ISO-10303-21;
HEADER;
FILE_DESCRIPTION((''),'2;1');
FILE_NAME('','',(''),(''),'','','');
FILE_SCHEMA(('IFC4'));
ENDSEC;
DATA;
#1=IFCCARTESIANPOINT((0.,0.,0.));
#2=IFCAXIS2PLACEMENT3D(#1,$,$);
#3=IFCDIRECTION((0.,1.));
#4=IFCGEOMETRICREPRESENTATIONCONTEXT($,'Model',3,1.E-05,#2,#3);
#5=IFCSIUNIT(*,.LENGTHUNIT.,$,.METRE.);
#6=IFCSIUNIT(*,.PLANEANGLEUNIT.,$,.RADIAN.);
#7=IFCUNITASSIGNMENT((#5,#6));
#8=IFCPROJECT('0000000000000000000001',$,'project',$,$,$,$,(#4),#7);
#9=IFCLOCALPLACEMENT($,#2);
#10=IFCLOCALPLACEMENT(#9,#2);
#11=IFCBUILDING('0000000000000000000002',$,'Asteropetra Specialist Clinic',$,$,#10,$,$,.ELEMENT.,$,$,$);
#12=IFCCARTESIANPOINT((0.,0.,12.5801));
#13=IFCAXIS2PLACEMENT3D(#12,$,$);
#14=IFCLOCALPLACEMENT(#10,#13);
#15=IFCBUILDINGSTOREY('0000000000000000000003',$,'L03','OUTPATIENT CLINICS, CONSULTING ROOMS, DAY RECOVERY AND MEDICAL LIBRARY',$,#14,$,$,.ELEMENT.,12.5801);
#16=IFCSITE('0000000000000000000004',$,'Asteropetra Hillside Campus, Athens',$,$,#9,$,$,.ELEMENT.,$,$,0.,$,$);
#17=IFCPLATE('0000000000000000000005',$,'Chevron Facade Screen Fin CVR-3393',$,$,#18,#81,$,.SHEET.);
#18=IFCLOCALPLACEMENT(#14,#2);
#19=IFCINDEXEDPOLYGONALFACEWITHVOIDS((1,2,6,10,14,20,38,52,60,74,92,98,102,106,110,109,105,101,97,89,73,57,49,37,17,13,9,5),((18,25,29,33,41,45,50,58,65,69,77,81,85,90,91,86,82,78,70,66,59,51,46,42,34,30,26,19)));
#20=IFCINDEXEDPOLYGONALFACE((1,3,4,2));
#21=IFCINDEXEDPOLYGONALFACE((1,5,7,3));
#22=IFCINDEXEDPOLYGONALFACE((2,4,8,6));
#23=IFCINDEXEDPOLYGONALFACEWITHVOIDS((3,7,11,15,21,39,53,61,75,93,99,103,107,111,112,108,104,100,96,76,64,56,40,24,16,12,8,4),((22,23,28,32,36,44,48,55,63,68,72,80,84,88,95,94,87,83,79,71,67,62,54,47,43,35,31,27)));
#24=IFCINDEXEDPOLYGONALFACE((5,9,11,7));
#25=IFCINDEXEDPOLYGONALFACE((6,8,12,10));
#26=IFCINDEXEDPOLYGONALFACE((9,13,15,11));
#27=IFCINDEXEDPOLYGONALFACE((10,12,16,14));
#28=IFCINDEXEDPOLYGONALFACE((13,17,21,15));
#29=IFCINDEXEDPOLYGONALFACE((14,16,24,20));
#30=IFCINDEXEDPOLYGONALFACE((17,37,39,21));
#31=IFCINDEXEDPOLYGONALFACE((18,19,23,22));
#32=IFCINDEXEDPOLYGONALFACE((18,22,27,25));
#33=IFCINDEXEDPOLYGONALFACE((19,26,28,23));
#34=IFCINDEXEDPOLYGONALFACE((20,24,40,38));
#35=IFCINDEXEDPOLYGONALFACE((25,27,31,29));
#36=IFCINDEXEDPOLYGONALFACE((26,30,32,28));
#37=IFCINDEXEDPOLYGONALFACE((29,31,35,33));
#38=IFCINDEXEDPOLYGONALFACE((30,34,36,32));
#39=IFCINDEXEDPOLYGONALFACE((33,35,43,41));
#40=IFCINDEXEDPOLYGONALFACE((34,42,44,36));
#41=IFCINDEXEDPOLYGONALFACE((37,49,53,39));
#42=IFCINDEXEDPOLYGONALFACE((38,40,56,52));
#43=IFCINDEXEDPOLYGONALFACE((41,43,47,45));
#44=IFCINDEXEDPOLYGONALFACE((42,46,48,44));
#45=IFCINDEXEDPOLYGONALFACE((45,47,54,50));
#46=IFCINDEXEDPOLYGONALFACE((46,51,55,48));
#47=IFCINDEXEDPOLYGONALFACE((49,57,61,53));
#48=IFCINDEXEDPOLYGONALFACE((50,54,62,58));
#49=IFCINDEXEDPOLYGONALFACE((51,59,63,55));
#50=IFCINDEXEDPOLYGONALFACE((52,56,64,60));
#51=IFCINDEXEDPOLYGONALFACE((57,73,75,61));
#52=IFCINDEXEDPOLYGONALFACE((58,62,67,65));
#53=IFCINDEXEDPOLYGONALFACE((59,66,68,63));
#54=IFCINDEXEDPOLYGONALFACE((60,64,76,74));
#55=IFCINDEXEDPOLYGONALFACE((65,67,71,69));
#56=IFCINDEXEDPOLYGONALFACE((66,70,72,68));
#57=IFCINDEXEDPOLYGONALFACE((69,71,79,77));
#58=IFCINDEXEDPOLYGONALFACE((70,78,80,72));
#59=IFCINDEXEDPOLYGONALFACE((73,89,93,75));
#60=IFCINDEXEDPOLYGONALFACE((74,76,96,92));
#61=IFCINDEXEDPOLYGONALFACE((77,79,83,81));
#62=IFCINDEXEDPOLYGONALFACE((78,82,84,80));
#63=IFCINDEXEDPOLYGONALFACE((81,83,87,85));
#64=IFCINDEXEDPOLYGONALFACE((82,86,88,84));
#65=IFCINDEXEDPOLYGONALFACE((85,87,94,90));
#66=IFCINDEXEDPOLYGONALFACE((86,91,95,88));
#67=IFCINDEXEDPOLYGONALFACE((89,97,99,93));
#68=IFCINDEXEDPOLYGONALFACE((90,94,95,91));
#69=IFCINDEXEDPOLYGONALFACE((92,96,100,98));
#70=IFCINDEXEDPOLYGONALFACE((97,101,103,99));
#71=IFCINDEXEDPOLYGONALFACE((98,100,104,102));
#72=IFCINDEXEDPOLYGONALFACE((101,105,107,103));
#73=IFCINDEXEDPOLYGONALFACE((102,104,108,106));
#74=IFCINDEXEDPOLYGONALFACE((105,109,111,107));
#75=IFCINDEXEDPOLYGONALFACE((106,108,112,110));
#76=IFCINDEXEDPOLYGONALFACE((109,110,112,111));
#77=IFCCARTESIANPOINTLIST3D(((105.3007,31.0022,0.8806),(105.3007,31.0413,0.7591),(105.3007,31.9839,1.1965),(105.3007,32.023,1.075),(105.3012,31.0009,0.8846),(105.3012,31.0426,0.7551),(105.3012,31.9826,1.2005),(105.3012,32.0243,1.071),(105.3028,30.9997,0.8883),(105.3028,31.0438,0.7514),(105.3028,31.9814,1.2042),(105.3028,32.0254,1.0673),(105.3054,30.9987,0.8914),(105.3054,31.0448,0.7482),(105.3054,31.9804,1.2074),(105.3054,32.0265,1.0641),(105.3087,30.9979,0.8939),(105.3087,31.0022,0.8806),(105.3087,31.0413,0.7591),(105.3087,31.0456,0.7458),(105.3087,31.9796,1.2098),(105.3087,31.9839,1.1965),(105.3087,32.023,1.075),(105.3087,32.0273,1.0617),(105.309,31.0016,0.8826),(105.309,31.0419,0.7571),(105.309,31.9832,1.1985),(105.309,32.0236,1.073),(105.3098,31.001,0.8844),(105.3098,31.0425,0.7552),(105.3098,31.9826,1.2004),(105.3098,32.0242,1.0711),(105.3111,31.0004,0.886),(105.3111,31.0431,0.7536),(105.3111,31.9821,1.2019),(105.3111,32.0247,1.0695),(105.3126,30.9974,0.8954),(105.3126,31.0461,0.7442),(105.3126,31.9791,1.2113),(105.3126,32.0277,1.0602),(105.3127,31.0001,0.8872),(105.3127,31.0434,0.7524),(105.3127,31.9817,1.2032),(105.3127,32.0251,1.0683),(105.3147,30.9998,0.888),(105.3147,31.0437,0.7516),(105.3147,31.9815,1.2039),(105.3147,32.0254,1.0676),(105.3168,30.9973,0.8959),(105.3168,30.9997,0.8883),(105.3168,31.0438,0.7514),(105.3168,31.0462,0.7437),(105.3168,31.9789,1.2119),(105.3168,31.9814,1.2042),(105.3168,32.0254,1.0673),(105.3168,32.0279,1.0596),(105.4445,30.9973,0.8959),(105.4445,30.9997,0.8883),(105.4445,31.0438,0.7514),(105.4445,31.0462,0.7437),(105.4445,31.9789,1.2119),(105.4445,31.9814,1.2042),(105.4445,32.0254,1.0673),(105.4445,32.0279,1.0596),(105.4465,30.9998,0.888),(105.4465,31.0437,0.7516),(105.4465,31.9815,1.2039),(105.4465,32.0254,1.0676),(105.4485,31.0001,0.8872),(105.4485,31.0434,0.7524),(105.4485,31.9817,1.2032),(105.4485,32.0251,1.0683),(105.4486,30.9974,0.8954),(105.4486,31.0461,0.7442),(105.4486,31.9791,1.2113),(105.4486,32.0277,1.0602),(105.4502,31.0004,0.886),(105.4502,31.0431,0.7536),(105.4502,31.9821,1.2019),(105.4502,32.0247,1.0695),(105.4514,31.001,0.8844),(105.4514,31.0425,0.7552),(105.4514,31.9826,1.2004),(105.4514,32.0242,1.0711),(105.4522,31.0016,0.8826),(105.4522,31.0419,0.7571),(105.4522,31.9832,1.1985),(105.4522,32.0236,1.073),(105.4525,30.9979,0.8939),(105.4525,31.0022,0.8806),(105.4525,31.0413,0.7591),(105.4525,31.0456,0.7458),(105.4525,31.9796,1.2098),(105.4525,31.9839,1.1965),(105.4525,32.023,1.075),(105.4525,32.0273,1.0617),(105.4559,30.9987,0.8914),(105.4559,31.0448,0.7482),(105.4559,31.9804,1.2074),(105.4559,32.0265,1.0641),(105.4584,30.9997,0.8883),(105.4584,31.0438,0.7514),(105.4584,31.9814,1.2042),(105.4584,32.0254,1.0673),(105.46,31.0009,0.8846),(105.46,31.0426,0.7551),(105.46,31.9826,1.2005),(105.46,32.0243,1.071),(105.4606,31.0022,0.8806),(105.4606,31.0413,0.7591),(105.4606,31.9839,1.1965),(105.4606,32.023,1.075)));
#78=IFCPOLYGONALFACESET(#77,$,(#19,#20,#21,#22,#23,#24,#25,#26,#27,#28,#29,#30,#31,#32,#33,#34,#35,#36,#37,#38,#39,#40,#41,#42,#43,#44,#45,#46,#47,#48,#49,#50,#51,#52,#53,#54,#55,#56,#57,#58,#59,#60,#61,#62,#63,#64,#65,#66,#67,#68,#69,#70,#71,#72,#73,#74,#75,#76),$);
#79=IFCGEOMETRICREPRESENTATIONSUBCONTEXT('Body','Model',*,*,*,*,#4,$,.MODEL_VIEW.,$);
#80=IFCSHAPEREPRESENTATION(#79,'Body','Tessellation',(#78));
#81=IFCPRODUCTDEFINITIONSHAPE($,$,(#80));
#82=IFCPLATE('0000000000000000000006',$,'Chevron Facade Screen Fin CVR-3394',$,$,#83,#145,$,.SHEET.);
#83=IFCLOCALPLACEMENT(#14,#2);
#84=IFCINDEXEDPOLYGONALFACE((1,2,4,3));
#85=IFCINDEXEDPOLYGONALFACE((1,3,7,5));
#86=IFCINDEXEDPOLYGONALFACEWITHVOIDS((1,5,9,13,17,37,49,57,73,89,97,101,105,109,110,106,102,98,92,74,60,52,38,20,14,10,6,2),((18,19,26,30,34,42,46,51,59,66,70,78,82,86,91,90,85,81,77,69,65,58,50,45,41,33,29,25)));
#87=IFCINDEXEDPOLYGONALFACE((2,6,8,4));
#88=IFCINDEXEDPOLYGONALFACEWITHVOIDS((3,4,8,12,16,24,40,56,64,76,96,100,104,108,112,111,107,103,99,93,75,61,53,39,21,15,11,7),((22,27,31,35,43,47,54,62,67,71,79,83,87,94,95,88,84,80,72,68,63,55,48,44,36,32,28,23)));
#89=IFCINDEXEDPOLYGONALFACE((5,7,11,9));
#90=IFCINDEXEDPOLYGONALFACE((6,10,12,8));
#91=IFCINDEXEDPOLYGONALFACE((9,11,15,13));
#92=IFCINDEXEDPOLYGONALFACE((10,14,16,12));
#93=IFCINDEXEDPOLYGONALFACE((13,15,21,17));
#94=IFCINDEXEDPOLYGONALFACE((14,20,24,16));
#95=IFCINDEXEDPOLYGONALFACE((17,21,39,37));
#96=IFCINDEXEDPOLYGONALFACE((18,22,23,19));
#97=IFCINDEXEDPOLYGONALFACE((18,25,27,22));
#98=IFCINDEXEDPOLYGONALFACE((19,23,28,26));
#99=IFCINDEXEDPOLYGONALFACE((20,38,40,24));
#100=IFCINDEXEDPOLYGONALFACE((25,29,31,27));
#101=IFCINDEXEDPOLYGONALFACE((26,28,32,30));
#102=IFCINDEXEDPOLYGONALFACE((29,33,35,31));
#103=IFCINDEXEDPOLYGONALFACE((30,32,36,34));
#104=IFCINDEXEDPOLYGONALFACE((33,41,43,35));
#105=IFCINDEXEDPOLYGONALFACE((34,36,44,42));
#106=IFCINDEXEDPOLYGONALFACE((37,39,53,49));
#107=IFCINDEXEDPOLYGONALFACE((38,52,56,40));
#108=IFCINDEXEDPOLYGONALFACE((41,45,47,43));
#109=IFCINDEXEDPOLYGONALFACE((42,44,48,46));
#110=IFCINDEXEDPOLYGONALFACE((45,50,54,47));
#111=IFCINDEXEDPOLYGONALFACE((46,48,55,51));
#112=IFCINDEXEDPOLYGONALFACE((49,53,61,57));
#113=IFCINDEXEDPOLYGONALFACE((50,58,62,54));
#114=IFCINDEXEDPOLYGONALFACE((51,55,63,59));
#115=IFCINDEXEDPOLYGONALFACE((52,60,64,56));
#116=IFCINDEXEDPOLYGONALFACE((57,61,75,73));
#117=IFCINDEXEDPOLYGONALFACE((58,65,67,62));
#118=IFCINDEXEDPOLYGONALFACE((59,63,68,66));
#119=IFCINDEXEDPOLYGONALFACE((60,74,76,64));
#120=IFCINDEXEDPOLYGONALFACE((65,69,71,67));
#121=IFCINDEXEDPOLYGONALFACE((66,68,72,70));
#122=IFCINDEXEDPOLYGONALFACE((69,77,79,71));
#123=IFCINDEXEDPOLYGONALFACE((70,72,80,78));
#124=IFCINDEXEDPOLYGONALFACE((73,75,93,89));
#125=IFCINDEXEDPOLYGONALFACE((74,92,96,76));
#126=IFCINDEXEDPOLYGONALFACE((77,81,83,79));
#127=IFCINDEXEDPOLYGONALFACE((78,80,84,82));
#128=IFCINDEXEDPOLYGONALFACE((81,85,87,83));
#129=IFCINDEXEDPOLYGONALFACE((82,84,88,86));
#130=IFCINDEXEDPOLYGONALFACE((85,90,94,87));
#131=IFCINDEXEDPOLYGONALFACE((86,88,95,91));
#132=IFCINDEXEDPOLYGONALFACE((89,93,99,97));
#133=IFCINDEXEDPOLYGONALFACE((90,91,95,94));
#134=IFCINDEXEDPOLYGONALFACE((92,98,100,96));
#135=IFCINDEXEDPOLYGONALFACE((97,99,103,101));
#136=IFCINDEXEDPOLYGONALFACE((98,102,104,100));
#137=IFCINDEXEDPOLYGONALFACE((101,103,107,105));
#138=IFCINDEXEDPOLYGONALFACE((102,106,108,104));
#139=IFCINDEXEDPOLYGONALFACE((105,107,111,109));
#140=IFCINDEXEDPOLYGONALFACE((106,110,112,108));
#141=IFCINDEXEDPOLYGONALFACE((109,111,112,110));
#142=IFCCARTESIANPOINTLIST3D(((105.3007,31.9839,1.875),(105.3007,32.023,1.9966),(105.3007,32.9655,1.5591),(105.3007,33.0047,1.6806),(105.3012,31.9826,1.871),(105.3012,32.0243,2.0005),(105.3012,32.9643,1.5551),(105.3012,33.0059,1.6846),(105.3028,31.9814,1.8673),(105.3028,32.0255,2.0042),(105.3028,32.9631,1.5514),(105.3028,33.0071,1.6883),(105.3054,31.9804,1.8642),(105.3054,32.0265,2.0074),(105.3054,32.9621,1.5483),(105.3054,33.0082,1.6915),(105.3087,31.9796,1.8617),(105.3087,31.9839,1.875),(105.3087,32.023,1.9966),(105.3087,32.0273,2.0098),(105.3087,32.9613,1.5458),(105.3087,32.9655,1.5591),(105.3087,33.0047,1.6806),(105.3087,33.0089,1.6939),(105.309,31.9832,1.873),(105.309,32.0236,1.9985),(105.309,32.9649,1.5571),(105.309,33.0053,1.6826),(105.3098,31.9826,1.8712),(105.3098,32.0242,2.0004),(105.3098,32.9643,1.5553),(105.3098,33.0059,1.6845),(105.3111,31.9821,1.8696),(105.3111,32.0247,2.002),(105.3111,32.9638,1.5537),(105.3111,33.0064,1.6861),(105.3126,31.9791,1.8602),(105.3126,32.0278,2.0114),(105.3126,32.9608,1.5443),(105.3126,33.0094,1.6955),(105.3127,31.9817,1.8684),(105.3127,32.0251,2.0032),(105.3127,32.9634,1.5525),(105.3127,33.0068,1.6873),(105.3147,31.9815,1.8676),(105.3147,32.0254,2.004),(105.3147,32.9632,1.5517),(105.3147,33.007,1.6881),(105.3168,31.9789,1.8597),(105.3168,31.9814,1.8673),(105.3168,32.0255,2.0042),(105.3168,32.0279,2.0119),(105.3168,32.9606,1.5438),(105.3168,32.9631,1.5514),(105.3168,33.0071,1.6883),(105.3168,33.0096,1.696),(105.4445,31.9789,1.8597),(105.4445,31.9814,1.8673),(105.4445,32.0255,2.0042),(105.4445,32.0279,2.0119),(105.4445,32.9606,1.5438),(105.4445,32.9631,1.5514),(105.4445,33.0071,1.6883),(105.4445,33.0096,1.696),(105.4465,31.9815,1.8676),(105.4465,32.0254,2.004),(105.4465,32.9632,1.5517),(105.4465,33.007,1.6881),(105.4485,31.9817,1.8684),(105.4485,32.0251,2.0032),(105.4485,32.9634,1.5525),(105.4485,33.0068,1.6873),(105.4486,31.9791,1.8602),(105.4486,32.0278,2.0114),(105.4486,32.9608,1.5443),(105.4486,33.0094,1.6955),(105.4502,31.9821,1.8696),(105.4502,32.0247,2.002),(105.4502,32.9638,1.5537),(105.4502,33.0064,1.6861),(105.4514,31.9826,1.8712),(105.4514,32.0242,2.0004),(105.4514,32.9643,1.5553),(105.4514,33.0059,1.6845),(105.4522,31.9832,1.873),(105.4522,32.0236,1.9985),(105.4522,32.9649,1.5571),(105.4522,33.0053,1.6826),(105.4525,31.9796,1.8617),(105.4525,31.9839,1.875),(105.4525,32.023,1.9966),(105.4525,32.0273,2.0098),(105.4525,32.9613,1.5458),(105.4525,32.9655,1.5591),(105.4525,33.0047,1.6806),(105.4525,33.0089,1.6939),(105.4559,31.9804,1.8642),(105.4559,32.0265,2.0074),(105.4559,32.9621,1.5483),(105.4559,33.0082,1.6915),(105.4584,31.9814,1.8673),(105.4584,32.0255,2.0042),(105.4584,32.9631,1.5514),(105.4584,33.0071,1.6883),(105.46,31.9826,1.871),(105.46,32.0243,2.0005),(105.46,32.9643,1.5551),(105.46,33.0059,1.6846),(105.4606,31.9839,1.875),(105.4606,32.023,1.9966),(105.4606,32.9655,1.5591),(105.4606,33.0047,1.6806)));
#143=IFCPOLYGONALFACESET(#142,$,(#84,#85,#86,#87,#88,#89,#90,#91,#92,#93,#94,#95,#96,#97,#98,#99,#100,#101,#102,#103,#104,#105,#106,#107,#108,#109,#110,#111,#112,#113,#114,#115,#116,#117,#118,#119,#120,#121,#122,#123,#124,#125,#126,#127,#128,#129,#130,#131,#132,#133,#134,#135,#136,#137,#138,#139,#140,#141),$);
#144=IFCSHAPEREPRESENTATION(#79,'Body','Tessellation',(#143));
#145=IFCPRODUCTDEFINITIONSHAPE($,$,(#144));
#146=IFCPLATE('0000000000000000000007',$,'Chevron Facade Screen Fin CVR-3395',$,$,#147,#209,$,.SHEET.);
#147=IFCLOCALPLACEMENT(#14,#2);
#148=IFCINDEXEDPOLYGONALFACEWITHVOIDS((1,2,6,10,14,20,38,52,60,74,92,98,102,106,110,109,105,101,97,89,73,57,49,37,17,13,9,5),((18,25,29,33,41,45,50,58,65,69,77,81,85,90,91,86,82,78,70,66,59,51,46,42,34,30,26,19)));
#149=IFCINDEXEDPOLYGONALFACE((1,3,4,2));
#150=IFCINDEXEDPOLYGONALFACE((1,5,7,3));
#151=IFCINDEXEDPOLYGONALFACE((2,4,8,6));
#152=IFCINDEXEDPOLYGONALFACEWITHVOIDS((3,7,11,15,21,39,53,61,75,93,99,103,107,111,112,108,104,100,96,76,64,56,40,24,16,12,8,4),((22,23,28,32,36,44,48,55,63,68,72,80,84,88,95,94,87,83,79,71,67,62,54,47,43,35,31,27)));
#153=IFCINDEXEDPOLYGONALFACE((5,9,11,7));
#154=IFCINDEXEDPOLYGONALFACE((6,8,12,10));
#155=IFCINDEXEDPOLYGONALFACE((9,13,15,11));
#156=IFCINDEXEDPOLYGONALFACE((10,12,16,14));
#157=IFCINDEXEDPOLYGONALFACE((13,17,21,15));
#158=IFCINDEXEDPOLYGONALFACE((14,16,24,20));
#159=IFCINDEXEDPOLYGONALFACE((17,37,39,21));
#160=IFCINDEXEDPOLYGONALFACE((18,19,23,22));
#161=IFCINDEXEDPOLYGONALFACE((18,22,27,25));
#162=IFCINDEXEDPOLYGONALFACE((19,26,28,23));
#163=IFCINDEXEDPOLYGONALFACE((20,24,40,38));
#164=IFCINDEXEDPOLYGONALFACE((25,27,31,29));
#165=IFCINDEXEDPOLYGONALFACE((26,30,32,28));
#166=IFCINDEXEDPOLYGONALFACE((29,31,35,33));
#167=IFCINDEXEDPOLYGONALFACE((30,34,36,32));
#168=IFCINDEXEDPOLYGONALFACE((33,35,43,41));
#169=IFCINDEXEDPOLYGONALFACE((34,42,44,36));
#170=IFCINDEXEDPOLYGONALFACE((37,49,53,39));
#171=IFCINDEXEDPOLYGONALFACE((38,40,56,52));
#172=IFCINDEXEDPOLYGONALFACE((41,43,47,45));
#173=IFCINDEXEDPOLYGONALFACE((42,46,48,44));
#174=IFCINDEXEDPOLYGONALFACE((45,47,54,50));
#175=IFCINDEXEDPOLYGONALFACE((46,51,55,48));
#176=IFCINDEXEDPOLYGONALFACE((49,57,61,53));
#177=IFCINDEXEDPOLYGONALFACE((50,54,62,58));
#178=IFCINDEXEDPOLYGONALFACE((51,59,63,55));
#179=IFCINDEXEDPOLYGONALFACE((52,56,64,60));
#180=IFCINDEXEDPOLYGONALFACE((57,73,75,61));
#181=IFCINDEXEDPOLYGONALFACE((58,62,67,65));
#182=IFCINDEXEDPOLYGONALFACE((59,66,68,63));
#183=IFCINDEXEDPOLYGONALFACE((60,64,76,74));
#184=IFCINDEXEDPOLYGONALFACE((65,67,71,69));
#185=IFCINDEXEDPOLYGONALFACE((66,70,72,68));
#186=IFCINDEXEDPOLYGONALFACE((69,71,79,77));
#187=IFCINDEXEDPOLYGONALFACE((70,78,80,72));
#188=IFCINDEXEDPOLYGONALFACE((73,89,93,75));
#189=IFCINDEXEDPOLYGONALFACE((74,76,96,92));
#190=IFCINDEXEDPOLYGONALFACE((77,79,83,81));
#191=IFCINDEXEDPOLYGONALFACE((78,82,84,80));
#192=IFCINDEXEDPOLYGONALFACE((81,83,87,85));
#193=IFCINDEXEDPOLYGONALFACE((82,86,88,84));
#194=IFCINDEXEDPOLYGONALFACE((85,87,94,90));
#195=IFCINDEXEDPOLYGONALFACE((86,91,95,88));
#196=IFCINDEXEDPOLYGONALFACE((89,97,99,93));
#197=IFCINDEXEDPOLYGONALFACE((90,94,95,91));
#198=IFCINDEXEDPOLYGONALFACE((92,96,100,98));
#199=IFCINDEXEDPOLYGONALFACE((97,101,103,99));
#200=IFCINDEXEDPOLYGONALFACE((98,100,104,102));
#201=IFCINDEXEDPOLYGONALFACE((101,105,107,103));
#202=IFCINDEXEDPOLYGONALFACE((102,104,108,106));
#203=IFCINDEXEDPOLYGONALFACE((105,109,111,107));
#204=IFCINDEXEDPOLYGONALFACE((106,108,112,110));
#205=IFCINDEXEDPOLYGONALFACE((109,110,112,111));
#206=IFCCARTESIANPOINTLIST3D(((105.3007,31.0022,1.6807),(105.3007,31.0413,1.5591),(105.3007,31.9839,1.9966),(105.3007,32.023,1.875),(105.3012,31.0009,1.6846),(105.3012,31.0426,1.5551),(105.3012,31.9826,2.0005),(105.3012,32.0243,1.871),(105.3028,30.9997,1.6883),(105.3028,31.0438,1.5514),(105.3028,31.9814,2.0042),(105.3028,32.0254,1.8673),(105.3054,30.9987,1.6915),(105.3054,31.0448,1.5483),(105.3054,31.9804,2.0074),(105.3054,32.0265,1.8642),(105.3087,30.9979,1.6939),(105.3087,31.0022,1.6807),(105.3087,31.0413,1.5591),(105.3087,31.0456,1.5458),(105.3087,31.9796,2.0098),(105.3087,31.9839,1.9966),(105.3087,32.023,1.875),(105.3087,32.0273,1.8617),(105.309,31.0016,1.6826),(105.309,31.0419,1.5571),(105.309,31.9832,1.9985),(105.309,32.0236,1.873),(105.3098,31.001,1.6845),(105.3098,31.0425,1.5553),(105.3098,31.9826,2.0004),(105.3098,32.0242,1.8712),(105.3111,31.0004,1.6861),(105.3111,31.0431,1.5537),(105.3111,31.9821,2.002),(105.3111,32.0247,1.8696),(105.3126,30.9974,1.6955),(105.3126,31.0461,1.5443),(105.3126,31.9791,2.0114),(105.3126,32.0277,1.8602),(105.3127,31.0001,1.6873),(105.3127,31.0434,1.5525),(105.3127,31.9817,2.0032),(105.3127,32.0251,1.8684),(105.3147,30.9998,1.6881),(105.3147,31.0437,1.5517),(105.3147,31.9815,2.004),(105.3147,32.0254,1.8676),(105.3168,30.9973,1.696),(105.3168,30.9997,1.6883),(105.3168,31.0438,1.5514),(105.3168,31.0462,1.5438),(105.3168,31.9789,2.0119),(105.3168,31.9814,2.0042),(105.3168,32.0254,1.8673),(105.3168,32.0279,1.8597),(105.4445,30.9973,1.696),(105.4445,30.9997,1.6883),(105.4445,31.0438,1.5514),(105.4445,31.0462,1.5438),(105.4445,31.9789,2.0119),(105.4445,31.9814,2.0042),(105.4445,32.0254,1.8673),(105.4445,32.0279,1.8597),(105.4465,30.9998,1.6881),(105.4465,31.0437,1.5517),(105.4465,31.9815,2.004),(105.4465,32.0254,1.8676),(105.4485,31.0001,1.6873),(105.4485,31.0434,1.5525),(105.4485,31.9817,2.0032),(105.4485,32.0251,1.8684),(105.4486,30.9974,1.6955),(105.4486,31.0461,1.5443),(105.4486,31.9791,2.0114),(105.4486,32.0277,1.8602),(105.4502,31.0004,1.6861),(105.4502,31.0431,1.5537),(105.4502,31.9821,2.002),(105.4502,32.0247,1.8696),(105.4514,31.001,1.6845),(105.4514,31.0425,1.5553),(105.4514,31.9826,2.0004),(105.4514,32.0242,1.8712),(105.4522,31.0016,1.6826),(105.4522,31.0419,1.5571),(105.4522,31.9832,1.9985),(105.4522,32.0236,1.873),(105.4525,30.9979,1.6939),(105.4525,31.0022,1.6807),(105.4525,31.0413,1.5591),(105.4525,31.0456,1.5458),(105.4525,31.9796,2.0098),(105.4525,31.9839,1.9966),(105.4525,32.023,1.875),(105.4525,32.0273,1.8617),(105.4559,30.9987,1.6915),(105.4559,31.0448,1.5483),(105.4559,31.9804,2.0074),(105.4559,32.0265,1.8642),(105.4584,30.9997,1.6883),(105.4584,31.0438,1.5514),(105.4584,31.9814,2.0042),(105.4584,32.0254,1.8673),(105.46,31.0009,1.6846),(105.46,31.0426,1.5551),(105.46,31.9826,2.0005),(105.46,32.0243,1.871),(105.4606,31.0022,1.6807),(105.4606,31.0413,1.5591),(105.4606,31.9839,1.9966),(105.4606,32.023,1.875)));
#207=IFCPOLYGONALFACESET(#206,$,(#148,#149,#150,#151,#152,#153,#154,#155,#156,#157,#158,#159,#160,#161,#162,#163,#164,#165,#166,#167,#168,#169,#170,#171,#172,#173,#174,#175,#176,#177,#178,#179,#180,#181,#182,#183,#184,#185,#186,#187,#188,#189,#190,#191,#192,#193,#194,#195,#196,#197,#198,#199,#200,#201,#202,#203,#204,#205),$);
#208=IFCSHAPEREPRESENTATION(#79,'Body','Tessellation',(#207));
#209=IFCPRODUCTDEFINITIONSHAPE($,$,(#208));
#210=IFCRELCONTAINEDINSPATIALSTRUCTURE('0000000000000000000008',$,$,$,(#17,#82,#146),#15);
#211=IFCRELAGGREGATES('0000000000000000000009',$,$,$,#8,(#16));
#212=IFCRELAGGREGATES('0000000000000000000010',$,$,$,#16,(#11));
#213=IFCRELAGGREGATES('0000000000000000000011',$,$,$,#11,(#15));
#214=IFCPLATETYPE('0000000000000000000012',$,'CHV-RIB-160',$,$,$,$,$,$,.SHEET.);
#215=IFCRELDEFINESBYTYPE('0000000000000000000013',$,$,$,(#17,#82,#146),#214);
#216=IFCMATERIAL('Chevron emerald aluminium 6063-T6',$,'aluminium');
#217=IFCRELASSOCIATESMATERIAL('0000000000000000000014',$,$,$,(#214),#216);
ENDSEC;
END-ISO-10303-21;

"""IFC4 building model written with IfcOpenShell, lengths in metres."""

from ifc_helpers import new_model, si_unit, direction, frame, origin, origin_2d, place, context, subcontext, project, spatial, hollow_rectangle, extrude, material, material_profile, profile_set, type_object, element, save


model = new_model("IFC4")

# Units and contexts
model_context = context("Model", 3, precision=1e-05, world=origin(), true_north=direction((0.0, 1.0)))
body_context = subcontext(model_context, "Body", "Model", "MODEL_VIEW")
ifc_project = project(units=[si_unit("LENGTHUNIT", "METRE"), si_unit("PLANEANGLEUNIT", "RADIAN")], contexts=[model_context])

# Site, building, storey
site_placement = place(None, origin())
site = spatial("IfcSite", under=ifc_project, at=site_placement, Name="Asteropetra Hillside Campus, Athens", CompositionType="ELEMENT", RefElevation=0.0)
building_placement = place(site_placement, origin())
building = spatial("IfcBuilding", under=site, at=building_placement, Name="Asteropetra Specialist Clinic", CompositionType="ELEMENT")
storey_placement = place(building_placement, frame((0.0, 0.0, 12.5801)))
storey = spatial("IfcBuildingStorey", under=building, at=storey_placement, Name="L03", Description="OUTPATIENT CLINICS, CONSULTING ROOMS, DAY RECOVERY AND MEDICAL LIBRARY", CompositionType="ELEMENT", Elevation=12.5801)

# Plates
ifc_material_1 = material(Name="Chevron emerald aluminium 6063-T6", Category="aluminium")
ifc_material_profile_1 = material_profile(ifc_material_1, hollow_rectangle(XDim=0.1599, YDim=0.1599, WallThickness=0.0081, InnerFilletRadius=0.0081, OuterFilletRadius=0.0161, at=origin_2d()), Name="SHS 160x160x8.0")
ifc_profile_set_1 = profile_set([ifc_material_profile_1], Name="Chevron emerald aluminium 6063-T6")
plate_type_1 = type_object("IfcPlateType", Name="CHV-RIB-160", PredefinedType="SHEET", material=ifc_profile_set_1)
for number, where, z_axis, x_axis, name in (
    (1, (105.3806, 32.0034, 1.1357), (0.0, -0.951923, -0.306339), (1.0, 0.0, 0.0), "Chevron Facade Screen Fin CVR-3393"),
    (2, (105.3806, 32.9851, 1.6199), (0.0, -0.951923, 0.306339), (1.0, 0.0, 0.0), "Chevron Facade Screen Fin CVR-3394"),
    (3, (105.3806, 32.0034, 1.9358), (0.0, -0.951923, -0.306339), (1.0, 0.0, 0.0), "Chevron Facade Screen Fin CVR-3395"),
):
    element("IfcPlate", number, at=place(storey_placement, frame(where, z_axis=z_axis, x_axis=x_axis)), inside=storey, type_object=plate_type_1, Name=name, PredefinedType="SHEET", context=body_context, shape_type="SweptSolid", body=[
        extrude(hollow_rectangle(XDim=0.1599, YDim=0.1599, WallThickness=0.0081, InnerFilletRadius=0.0081, OuterFilletRadius=0.0161, at=origin_2d()), origin(), (0.0, 0.0, 1.0), 1.0312),
    ])

save(model, "model.ifc")
